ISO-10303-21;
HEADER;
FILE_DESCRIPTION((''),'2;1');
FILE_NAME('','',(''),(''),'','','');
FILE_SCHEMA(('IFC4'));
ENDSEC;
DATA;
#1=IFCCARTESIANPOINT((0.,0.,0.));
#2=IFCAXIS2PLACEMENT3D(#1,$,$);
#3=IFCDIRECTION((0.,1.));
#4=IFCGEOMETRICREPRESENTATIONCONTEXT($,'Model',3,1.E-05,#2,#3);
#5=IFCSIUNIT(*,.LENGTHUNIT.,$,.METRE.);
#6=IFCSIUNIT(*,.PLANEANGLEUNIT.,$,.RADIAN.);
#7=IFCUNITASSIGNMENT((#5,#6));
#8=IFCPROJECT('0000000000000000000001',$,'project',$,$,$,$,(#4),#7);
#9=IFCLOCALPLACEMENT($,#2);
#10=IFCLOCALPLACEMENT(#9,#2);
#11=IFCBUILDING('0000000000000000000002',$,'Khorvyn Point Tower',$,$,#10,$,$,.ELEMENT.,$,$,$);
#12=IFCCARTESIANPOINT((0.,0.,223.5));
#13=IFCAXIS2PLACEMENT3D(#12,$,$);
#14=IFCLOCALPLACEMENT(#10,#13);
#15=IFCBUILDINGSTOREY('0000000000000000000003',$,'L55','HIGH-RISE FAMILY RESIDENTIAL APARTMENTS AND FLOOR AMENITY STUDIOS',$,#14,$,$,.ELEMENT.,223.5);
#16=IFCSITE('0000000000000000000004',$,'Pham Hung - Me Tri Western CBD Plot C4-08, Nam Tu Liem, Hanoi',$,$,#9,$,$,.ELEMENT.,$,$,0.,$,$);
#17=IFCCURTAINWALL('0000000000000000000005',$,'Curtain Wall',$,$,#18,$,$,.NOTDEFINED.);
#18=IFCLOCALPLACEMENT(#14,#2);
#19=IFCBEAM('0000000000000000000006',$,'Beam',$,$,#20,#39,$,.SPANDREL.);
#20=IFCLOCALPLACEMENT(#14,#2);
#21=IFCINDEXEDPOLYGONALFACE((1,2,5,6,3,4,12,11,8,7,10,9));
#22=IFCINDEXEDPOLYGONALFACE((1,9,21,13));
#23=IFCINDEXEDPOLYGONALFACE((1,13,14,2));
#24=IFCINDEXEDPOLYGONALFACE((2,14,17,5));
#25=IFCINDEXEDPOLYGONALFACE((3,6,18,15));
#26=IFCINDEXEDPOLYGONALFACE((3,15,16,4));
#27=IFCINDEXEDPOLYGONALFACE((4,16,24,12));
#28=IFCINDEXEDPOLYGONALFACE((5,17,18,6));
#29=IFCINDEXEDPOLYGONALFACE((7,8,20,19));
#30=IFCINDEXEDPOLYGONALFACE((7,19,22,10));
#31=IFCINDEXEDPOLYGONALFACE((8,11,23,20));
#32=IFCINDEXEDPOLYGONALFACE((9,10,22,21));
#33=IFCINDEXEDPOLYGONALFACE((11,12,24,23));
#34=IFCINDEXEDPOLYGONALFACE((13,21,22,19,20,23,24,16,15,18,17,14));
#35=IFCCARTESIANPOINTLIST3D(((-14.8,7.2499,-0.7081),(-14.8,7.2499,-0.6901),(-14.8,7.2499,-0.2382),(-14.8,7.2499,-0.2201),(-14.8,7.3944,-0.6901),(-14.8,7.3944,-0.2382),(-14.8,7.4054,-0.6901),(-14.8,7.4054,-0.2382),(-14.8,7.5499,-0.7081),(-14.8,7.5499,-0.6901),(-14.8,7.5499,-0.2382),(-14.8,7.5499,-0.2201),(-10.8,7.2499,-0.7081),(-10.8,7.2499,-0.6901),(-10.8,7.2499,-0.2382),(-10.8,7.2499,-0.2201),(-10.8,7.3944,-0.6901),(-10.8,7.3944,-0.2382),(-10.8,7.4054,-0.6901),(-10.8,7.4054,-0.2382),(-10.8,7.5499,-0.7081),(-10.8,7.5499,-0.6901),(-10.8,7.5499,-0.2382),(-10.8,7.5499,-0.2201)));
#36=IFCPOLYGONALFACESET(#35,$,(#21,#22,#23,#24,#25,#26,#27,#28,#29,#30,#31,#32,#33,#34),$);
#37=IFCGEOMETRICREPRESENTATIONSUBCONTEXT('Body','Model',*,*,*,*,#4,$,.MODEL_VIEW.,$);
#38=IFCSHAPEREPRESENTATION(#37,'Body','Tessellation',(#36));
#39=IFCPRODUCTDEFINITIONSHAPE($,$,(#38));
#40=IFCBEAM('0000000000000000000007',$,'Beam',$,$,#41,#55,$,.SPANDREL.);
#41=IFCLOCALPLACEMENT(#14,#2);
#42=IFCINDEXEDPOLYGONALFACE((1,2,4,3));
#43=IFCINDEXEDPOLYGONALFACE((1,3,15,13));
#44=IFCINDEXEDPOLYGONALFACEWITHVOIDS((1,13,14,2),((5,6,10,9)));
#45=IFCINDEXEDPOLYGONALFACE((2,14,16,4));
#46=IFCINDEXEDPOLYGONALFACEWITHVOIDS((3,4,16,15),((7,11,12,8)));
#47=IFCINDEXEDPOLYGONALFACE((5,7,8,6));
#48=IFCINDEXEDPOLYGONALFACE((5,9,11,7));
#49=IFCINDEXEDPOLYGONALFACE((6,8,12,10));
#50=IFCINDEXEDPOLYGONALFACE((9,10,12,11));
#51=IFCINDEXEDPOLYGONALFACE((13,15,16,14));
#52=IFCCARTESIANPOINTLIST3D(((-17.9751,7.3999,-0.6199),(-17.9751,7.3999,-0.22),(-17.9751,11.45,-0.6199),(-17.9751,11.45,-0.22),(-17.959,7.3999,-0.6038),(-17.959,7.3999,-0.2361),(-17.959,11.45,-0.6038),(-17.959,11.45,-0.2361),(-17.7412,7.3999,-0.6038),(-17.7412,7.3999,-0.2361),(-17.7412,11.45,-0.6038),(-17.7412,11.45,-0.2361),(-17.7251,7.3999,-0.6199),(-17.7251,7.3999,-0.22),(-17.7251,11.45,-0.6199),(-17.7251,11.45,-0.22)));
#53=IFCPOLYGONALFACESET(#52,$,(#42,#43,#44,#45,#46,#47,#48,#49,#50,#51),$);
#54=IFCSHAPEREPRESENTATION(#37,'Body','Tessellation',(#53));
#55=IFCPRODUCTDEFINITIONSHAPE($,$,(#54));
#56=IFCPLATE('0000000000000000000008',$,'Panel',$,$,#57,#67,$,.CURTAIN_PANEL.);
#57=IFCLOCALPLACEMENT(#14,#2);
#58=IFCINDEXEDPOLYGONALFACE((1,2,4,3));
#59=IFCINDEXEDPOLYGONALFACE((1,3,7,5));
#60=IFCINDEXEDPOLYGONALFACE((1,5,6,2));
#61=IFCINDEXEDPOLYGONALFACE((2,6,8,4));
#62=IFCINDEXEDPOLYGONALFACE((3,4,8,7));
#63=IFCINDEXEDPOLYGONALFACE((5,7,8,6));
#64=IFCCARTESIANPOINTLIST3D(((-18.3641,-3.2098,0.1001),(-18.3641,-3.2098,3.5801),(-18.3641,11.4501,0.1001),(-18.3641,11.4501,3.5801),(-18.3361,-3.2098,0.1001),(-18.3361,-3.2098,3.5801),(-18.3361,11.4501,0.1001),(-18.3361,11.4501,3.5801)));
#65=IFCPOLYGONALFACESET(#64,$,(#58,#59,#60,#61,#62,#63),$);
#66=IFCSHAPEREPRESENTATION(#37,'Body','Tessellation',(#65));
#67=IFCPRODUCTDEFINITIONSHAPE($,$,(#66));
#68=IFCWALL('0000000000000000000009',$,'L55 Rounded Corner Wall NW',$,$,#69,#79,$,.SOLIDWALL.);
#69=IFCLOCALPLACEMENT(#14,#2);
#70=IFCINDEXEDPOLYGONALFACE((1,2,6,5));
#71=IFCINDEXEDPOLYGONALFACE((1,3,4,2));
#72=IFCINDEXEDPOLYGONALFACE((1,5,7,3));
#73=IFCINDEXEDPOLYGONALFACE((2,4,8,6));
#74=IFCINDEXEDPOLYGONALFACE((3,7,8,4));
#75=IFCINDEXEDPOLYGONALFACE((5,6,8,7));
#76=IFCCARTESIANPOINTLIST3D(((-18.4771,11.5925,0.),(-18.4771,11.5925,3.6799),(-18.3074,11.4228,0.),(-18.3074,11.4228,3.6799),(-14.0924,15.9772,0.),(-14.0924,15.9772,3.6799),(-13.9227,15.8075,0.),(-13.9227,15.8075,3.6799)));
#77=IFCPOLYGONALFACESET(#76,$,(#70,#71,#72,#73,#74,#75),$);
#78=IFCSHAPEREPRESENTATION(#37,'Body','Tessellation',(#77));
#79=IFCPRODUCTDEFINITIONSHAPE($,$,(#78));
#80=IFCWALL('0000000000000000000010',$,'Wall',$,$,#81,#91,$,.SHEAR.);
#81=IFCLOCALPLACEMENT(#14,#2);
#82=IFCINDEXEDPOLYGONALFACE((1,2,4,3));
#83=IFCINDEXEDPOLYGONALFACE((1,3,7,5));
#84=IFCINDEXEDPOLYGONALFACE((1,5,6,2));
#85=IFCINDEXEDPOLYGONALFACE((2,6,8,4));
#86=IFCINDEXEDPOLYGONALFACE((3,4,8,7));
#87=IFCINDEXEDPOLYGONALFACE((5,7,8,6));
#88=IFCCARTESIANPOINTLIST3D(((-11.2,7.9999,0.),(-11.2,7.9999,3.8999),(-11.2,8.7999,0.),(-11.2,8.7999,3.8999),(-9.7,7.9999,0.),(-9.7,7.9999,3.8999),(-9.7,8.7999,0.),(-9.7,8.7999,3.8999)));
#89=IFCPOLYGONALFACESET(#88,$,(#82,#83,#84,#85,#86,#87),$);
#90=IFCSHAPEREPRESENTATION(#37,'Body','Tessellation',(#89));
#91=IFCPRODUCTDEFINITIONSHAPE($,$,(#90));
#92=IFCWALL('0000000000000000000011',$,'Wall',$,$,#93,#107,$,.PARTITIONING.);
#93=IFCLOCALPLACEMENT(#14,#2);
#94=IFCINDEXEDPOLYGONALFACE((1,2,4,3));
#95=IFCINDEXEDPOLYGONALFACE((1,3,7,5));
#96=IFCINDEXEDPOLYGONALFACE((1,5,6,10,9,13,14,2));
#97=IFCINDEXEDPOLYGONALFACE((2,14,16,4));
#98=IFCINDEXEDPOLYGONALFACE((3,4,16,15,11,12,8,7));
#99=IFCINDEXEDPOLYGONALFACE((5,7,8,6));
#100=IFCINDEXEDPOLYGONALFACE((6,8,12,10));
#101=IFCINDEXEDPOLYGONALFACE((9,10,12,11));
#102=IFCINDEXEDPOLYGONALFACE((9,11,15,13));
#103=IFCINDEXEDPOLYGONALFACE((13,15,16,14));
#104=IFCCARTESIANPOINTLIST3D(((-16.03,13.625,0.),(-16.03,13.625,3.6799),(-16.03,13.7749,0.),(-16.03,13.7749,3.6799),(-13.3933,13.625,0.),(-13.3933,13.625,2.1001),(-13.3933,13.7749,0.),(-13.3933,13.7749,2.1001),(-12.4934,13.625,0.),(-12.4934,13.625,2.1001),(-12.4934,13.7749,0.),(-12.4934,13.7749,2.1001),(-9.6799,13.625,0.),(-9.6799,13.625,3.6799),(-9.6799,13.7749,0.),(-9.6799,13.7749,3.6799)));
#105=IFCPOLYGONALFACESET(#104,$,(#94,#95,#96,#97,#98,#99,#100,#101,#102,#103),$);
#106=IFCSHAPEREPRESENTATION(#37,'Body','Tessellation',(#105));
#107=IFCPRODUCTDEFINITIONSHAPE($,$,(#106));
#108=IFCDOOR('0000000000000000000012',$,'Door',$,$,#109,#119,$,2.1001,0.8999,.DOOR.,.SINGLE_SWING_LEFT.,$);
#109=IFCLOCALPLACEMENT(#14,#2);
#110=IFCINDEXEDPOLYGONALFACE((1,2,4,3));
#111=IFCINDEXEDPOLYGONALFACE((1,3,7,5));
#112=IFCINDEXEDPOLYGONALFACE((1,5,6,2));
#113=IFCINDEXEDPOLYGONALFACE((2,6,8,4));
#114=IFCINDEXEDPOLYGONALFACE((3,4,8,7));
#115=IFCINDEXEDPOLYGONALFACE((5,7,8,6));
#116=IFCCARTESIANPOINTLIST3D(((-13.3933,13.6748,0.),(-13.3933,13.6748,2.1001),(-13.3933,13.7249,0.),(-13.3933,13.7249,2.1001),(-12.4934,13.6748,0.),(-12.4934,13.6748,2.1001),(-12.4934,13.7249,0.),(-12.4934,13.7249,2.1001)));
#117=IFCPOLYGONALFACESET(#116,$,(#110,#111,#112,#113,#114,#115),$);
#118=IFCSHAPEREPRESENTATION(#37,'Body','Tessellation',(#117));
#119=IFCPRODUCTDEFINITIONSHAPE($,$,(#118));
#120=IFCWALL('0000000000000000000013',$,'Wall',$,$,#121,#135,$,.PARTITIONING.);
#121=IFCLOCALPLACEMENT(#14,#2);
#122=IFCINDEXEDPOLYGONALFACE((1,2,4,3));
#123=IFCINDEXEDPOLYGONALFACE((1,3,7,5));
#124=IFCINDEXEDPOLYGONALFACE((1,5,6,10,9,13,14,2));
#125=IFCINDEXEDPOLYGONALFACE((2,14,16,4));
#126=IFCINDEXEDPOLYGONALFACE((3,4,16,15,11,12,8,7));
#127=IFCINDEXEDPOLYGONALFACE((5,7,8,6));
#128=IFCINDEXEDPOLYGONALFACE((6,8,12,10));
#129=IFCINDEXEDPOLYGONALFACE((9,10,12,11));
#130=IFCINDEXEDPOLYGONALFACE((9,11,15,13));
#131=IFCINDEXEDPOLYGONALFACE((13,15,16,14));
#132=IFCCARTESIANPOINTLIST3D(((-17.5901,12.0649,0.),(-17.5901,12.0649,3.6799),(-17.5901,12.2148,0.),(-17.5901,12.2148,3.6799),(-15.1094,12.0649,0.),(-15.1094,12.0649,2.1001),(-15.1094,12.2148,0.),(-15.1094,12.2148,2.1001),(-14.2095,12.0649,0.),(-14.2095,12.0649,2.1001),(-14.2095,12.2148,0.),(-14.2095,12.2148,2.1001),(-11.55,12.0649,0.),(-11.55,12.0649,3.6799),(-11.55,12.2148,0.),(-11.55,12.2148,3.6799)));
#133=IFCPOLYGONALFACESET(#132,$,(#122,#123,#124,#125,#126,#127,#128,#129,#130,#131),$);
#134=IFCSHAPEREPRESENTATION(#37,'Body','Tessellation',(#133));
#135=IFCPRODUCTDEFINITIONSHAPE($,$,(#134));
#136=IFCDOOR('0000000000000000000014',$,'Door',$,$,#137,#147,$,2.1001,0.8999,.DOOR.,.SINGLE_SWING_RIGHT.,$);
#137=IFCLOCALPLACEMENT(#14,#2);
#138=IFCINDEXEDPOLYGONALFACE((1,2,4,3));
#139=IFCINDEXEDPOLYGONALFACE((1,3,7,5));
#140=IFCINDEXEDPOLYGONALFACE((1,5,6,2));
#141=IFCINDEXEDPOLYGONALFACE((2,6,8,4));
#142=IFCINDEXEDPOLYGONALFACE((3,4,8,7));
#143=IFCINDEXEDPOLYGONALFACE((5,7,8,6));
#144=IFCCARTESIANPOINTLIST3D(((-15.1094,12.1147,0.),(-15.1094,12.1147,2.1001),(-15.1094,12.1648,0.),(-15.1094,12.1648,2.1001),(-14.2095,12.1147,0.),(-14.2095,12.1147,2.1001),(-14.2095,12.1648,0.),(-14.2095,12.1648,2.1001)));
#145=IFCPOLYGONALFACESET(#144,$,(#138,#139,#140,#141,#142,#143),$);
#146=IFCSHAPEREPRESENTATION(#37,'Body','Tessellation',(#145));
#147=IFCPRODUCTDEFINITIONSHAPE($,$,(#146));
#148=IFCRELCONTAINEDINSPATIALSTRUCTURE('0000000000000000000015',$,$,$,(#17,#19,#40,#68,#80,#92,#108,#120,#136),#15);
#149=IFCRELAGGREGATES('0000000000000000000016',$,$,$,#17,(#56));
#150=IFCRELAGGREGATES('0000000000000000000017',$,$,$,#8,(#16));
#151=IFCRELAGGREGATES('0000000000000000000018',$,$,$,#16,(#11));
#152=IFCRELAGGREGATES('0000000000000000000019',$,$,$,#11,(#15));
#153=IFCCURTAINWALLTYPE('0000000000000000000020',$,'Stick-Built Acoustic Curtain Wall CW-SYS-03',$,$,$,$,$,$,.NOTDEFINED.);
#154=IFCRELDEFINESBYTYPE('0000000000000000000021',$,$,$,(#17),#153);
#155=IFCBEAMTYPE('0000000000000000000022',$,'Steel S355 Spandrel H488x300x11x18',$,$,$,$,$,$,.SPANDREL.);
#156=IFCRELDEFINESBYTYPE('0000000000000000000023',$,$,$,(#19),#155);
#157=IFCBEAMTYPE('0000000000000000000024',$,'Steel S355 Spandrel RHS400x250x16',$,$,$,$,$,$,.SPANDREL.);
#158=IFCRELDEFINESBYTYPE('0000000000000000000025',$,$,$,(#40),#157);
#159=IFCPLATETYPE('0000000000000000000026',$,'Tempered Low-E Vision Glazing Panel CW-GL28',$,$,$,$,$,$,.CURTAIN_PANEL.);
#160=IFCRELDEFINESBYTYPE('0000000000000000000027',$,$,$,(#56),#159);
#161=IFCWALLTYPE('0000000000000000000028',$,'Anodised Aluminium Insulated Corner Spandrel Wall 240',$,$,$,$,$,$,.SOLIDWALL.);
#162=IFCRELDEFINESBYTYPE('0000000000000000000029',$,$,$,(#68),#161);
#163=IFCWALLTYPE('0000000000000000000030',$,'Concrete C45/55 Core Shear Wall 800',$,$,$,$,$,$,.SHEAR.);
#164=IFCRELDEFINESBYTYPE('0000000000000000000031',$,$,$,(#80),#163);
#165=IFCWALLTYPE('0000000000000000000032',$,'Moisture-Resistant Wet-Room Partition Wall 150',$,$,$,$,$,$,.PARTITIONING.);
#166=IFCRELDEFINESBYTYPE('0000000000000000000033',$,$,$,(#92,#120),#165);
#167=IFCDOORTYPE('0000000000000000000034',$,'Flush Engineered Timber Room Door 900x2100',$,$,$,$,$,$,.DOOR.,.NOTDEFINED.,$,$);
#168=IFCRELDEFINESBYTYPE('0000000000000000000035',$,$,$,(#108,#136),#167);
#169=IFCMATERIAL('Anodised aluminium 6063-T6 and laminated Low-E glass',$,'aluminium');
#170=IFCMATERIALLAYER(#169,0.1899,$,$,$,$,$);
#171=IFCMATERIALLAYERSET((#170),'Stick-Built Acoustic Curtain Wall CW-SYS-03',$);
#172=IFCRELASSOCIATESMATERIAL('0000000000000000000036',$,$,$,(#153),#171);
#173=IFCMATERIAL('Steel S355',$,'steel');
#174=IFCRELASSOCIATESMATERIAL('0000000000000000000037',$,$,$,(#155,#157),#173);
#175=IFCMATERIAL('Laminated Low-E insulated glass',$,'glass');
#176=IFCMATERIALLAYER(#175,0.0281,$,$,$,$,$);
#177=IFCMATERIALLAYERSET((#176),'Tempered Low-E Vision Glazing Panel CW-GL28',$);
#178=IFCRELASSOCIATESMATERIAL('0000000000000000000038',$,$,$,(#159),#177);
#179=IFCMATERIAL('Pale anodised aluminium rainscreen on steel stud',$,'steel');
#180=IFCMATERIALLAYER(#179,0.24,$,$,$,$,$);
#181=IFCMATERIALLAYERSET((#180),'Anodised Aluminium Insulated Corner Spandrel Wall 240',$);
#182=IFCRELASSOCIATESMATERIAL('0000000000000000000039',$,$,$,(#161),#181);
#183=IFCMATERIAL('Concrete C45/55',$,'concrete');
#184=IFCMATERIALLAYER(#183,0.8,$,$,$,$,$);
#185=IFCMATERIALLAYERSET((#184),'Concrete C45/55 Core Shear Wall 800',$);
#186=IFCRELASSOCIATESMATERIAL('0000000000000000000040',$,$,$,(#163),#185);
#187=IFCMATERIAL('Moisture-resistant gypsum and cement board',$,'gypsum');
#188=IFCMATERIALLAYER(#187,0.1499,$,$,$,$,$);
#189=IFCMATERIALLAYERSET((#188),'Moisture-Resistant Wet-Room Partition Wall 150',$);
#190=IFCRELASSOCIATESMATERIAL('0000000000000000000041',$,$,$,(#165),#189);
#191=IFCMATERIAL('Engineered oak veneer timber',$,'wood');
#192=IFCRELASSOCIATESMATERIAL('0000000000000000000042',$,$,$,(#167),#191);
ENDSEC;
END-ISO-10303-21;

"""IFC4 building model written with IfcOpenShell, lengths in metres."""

from ifc_helpers import new_model, si_unit, direction, frame, frame_2d, origin, origin_2d, place, context, subcontext, project, spatial, rectangle, hollow_rectangle, i_section, extrude, material, layer, layer_set, material_profile, profile_set, type_object, element, fill, aggregate, save


model = new_model("IFC4")

# Units and contexts
model_context = context("Model", 3, precision=1e-05, world=origin(), true_north=direction((0.0, 1.0)))
body_context = subcontext(model_context, "Body", "Model", "MODEL_VIEW")
ifc_project = project(units=[si_unit("LENGTHUNIT", "METRE"), si_unit("PLANEANGLEUNIT", "RADIAN")], contexts=[model_context])

# Site, building, storey
site_placement = place(None, origin())
site = spatial("IfcSite", under=ifc_project, at=site_placement, Name="Pham Hung - Me Tri Western CBD Plot C4-08, Nam Tu Liem, Hanoi", CompositionType="ELEMENT", RefElevation=0.0)
building_placement = place(site_placement, origin())
building = spatial("IfcBuilding", under=site, at=building_placement, Name="Khorvyn Point Tower", CompositionType="ELEMENT")
storey_placement = place(building_placement, frame((0.0, 0.0, 223.5)))
storey = spatial("IfcBuildingStorey", under=building, at=storey_placement, Name="L55", Description="HIGH-RISE FAMILY RESIDENTIAL APARTMENTS AND FLOOR AMENITY STUDIOS", CompositionType="ELEMENT", Elevation=223.5)

# Shared definitions
ifc_material_1 = material(Name="Concrete C45/55", Category="concrete")

# Curtain wall
ifc_material_2 = material(Name="Anodised aluminium 6063-T6 and laminated Low-E glass", Category="aluminium")
ifc_layer_1 = layer(ifc_material_2, 0.1899)
ifc_layer_set_1 = layer_set([ifc_layer_1], Name="Stick-Built Acoustic Curtain Wall CW-SYS-03")
curtain_wall_type = type_object("IfcCurtainWallType", Name="Stick-Built Acoustic Curtain Wall CW-SYS-03", PredefinedType="NOTDEFINED", material=ifc_layer_set_1)
curtain_wall_1_placement = place(storey_placement, origin())
curtain_wall_1 = element("IfcCurtainWall", 1, at=curtain_wall_1_placement, inside=storey, type_object=curtain_wall_type, Name="Curtain Wall", PredefinedType="NOTDEFINED")

# Beams
ifc_material_3 = material(Name="Steel S355", Category="steel")
ifc_material_profile_1 = material_profile(ifc_material_3, i_section(OverallWidth=0.3, OverallDepth=0.488, WebThickness=0.011, FlangeThickness=0.0181, at=origin_2d()))
ifc_profile_set_1 = profile_set([ifc_material_profile_1], Name="Steel S355 H488x300x11x18")
beam_type_1 = type_object("IfcBeamType", Name="Steel S355 Spandrel H488x300x11x18", PredefinedType="SPANDREL", material=ifc_profile_set_1)
beam_1_placement = place(storey_placement, frame((-14.8, 7.3999, -0.4641), z_axis=(1.0, 0.0, 0.0), x_axis=(0.0, 1.0, 0.0)))
element("IfcBeam", 2, at=beam_1_placement, inside=storey, type_object=beam_type_1, Name="Beam", PredefinedType="SPANDREL", context=body_context, shape_type="SweptSolid", body=[
    extrude(i_section(OverallWidth=0.3, OverallDepth=0.488, WebThickness=0.011, FlangeThickness=0.0181, at=origin_2d()), origin(), (0.0, 0.0, 1.0), 4.0),
])
ifc_material_profile_2 = material_profile(ifc_material_3, hollow_rectangle(XDim=0.25, YDim=0.3999, WallThickness=0.0161, at=origin_2d()))
ifc_profile_set_2 = profile_set([ifc_material_profile_2], Name="Steel S355 RHS400x250x16")
beam_type_2 = type_object("IfcBeamType", Name="Steel S355 Spandrel RHS400x250x16", PredefinedType="SPANDREL", material=ifc_profile_set_2)
beam_2_placement = place(storey_placement, frame((-17.8501, 7.3999, -0.4199), z_axis=(0.0, 1.0, 0.0), x_axis=(-1.0, 0.0, 0.0)))
element("IfcBeam", 3, at=beam_2_placement, inside=storey, type_object=beam_type_2, Name="Beam", PredefinedType="SPANDREL", context=body_context, shape_type="SweptSolid", body=[
    extrude(hollow_rectangle(XDim=0.25, YDim=0.3999, WallThickness=0.0161, at=origin_2d()), origin(), (0.0, 0.0, 1.0), 4.05),
])

# Plate
ifc_material_4 = material(Name="Laminated Low-E insulated glass", Category="glass")
ifc_layer_2 = layer(ifc_material_4, 0.0281)
ifc_layer_set_2 = layer_set([ifc_layer_2], Name="Tempered Low-E Vision Glazing Panel CW-GL28")
plate_type = type_object("IfcPlateType", Name="Tempered Low-E Vision Glazing Panel CW-GL28", PredefinedType="CURTAIN_PANEL", material=ifc_layer_set_2)
plate_placement = place(storey_placement, frame((-18.3501, 4.1201, 0.1001), z_axis=(0.0, 0.0, 1.0), x_axis=(0.0, 1.0, 0.0)))
plate = element("IfcPlate", 4, at=plate_placement, type_object=plate_type, Name="Panel", PredefinedType="CURTAIN_PANEL", context=body_context, shape_type="SweptSolid", body=[
    extrude(rectangle(XDim=14.6599, YDim=0.0281, at=origin_2d()), origin(), (0.0, 0.0, 1.0), 3.48),
])
aggregate(curtain_wall_1, [plate])

# Walls
ifc_material_5 = material(Name="Pale anodised aluminium rainscreen on steel stud", Category="steel")
ifc_layer_3 = layer(ifc_material_5, 0.24)
ifc_layer_set_3 = layer_set([ifc_layer_3], Name="Anodised Aluminium Insulated Corner Spandrel Wall 240")
wall_type_1 = type_object("IfcWallType", Name="Anodised Aluminium Insulated Corner Spandrel Wall 240", PredefinedType="SOLIDWALL", material=ifc_layer_set_3)
wall_1_placement = place(storey_placement, frame((-18.3923, 11.5076, 0.0), z_axis=(0.0, 0.0, 1.0), x_axis=(0.707107, 0.707107, 0.0)))
element("IfcWall", 5, at=wall_1_placement, inside=storey, type_object=wall_type_1, Name="L55 Rounded Corner Wall NW", PredefinedType="SOLIDWALL", context=body_context, shape_type="SweptSolid", body=[
    extrude(rectangle(XDim=6.2009, YDim=0.24, at=frame_2d((3.1006, 0.0))), origin(), (0.0, 0.0, 1.0), 3.6799),
])
ifc_layer_4 = layer(ifc_material_1, 0.8)
ifc_layer_set_4 = layer_set([ifc_layer_4], Name="Concrete C45/55 Core Shear Wall 800")
wall_type_2 = type_object("IfcWallType", Name="Concrete C45/55 Core Shear Wall 800", PredefinedType="SHEAR", material=ifc_layer_set_4)
wall_2_placement = place(storey_placement, frame((-11.2, 8.3999, 0.0), z_axis=(0.0, 0.0, 1.0), x_axis=(1.0, 0.0, 0.0)))
element("IfcWall", 6, at=wall_2_placement, inside=storey, type_object=wall_type_2, Name="Wall", PredefinedType="SHEAR", context=body_context, shape_type="SweptSolid", body=[
    extrude(rectangle(XDim=1.5, YDim=0.8, at=frame_2d((0.75, 0.0))), origin(), (0.0, 0.0, 1.0), 3.8999),
])

# Walls, openings, doors
ifc_material_6 = material(Name="Moisture-resistant gypsum and cement board", Category="gypsum")
ifc_layer_5 = layer(ifc_material_6, 0.1499)
ifc_layer_set_5 = layer_set([ifc_layer_5], Name="Moisture-Resistant Wet-Room Partition Wall 150")
wall_type_3 = type_object("IfcWallType", Name="Moisture-Resistant Wet-Room Partition Wall 150", PredefinedType="PARTITIONING", material=ifc_layer_set_5)
wall_3_placement = place(storey_placement, frame((-16.03, 13.7, 0.0), z_axis=(0.0, 0.0, 1.0), x_axis=(1.0, 0.0, 0.0)))
wall_3 = element("IfcWall", 7, at=wall_3_placement, inside=storey, type_object=wall_type_3, Name="Wall", PredefinedType="PARTITIONING", context=body_context, shape_type="SweptSolid", body=[
    extrude(rectangle(XDim=6.3501, YDim=0.1499, at=frame_2d((3.175, 0.0))), origin(), (0.0, 0.0, 1.0), 3.6799),
])
opening_1_placement = place(wall_3_placement, frame((2.6367, 0.0, 0.0)))
opening_1 = element("IfcOpeningElement", 8, at=opening_1_placement, cuts=wall_3, PredefinedType="OPENING", context=body_context, shape_type="SweptSolid", body=[
    extrude(rectangle(XDim=0.8999, YDim=2.1001, at=frame_2d((0.45, 1.05))), frame((0.0, 0.085, 0.0), z_axis=(0.0, -1.0, 0.0), x_axis=(1.0, 0.0, 0.0)), (0.0, 0.0, 1.0), 0.1699),
])
ifc_material_7 = material(Name="Engineered oak veneer timber", Category="wood")
door_type = type_object("IfcDoorType", Name="Flush Engineered Timber Room Door 900x2100", OperationType="NOTDEFINED", PredefinedType="DOOR", material=ifc_material_7)
door_1_placement = place(opening_1_placement, origin())
door_1 = element("IfcDoor", 9, at=door_1_placement, inside=storey, type_object=door_type, Name="Door", OperationType="SINGLE_SWING_LEFT", OverallHeight=2.1001, OverallWidth=0.8999, PredefinedType="DOOR", context=body_context, shape_type="SweptSolid", body=[
    extrude(rectangle(XDim=0.8999, YDim=2.1001, at=frame_2d((0.45, 1.05))), frame((0.0, 0.0249, 0.0), z_axis=(0.0, -1.0, 0.0), x_axis=(1.0, 0.0, 0.0)), (0.0, 0.0, 1.0), 0.05),
])
fill(opening_1, door_1)
wall_4_placement = place(storey_placement, frame((-17.5901, 12.1399, 0.0), z_axis=(0.0, 0.0, 1.0), x_axis=(1.0, 0.0, 0.0)))
wall_4 = element("IfcWall", 10, at=wall_4_placement, inside=storey, type_object=wall_type_3, Name="Wall", PredefinedType="PARTITIONING", context=body_context, shape_type="SweptSolid", body=[
    extrude(rectangle(XDim=6.04, YDim=0.1499, at=frame_2d((3.02, 0.0))), origin(), (0.0, 0.0, 1.0), 3.6799),
])
opening_2_placement = place(wall_4_placement, frame((2.4807, 0.0, 0.0)))
opening_2 = element("IfcOpeningElement", 11, at=opening_2_placement, cuts=wall_4, PredefinedType="OPENING", context=body_context, shape_type="SweptSolid", body=[
    extrude(rectangle(XDim=0.8999, YDim=2.1001, at=frame_2d((0.45, 1.05))), frame((0.0, 0.085, 0.0), z_axis=(0.0, -1.0, 0.0), x_axis=(1.0, 0.0, 0.0)), (0.0, 0.0, 1.0), 0.1699),
])
door_2_placement = place(opening_2_placement, origin())
door_2 = element("IfcDoor", 12, at=door_2_placement, inside=storey, type_object=door_type, Name="Door", OperationType="SINGLE_SWING_RIGHT", OverallHeight=2.1001, OverallWidth=0.8999, PredefinedType="DOOR", context=body_context, shape_type="SweptSolid", body=[
    extrude(rectangle(XDim=0.8999, YDim=2.1001, at=frame_2d((0.45, 1.05))), frame((0.0, 0.0249, 0.0), z_axis=(0.0, -1.0, 0.0), x_axis=(1.0, 0.0, 0.0)), (0.0, 0.0, 1.0), 0.05),
])
fill(opening_2, door_2)

save(model, "model.ifc")
